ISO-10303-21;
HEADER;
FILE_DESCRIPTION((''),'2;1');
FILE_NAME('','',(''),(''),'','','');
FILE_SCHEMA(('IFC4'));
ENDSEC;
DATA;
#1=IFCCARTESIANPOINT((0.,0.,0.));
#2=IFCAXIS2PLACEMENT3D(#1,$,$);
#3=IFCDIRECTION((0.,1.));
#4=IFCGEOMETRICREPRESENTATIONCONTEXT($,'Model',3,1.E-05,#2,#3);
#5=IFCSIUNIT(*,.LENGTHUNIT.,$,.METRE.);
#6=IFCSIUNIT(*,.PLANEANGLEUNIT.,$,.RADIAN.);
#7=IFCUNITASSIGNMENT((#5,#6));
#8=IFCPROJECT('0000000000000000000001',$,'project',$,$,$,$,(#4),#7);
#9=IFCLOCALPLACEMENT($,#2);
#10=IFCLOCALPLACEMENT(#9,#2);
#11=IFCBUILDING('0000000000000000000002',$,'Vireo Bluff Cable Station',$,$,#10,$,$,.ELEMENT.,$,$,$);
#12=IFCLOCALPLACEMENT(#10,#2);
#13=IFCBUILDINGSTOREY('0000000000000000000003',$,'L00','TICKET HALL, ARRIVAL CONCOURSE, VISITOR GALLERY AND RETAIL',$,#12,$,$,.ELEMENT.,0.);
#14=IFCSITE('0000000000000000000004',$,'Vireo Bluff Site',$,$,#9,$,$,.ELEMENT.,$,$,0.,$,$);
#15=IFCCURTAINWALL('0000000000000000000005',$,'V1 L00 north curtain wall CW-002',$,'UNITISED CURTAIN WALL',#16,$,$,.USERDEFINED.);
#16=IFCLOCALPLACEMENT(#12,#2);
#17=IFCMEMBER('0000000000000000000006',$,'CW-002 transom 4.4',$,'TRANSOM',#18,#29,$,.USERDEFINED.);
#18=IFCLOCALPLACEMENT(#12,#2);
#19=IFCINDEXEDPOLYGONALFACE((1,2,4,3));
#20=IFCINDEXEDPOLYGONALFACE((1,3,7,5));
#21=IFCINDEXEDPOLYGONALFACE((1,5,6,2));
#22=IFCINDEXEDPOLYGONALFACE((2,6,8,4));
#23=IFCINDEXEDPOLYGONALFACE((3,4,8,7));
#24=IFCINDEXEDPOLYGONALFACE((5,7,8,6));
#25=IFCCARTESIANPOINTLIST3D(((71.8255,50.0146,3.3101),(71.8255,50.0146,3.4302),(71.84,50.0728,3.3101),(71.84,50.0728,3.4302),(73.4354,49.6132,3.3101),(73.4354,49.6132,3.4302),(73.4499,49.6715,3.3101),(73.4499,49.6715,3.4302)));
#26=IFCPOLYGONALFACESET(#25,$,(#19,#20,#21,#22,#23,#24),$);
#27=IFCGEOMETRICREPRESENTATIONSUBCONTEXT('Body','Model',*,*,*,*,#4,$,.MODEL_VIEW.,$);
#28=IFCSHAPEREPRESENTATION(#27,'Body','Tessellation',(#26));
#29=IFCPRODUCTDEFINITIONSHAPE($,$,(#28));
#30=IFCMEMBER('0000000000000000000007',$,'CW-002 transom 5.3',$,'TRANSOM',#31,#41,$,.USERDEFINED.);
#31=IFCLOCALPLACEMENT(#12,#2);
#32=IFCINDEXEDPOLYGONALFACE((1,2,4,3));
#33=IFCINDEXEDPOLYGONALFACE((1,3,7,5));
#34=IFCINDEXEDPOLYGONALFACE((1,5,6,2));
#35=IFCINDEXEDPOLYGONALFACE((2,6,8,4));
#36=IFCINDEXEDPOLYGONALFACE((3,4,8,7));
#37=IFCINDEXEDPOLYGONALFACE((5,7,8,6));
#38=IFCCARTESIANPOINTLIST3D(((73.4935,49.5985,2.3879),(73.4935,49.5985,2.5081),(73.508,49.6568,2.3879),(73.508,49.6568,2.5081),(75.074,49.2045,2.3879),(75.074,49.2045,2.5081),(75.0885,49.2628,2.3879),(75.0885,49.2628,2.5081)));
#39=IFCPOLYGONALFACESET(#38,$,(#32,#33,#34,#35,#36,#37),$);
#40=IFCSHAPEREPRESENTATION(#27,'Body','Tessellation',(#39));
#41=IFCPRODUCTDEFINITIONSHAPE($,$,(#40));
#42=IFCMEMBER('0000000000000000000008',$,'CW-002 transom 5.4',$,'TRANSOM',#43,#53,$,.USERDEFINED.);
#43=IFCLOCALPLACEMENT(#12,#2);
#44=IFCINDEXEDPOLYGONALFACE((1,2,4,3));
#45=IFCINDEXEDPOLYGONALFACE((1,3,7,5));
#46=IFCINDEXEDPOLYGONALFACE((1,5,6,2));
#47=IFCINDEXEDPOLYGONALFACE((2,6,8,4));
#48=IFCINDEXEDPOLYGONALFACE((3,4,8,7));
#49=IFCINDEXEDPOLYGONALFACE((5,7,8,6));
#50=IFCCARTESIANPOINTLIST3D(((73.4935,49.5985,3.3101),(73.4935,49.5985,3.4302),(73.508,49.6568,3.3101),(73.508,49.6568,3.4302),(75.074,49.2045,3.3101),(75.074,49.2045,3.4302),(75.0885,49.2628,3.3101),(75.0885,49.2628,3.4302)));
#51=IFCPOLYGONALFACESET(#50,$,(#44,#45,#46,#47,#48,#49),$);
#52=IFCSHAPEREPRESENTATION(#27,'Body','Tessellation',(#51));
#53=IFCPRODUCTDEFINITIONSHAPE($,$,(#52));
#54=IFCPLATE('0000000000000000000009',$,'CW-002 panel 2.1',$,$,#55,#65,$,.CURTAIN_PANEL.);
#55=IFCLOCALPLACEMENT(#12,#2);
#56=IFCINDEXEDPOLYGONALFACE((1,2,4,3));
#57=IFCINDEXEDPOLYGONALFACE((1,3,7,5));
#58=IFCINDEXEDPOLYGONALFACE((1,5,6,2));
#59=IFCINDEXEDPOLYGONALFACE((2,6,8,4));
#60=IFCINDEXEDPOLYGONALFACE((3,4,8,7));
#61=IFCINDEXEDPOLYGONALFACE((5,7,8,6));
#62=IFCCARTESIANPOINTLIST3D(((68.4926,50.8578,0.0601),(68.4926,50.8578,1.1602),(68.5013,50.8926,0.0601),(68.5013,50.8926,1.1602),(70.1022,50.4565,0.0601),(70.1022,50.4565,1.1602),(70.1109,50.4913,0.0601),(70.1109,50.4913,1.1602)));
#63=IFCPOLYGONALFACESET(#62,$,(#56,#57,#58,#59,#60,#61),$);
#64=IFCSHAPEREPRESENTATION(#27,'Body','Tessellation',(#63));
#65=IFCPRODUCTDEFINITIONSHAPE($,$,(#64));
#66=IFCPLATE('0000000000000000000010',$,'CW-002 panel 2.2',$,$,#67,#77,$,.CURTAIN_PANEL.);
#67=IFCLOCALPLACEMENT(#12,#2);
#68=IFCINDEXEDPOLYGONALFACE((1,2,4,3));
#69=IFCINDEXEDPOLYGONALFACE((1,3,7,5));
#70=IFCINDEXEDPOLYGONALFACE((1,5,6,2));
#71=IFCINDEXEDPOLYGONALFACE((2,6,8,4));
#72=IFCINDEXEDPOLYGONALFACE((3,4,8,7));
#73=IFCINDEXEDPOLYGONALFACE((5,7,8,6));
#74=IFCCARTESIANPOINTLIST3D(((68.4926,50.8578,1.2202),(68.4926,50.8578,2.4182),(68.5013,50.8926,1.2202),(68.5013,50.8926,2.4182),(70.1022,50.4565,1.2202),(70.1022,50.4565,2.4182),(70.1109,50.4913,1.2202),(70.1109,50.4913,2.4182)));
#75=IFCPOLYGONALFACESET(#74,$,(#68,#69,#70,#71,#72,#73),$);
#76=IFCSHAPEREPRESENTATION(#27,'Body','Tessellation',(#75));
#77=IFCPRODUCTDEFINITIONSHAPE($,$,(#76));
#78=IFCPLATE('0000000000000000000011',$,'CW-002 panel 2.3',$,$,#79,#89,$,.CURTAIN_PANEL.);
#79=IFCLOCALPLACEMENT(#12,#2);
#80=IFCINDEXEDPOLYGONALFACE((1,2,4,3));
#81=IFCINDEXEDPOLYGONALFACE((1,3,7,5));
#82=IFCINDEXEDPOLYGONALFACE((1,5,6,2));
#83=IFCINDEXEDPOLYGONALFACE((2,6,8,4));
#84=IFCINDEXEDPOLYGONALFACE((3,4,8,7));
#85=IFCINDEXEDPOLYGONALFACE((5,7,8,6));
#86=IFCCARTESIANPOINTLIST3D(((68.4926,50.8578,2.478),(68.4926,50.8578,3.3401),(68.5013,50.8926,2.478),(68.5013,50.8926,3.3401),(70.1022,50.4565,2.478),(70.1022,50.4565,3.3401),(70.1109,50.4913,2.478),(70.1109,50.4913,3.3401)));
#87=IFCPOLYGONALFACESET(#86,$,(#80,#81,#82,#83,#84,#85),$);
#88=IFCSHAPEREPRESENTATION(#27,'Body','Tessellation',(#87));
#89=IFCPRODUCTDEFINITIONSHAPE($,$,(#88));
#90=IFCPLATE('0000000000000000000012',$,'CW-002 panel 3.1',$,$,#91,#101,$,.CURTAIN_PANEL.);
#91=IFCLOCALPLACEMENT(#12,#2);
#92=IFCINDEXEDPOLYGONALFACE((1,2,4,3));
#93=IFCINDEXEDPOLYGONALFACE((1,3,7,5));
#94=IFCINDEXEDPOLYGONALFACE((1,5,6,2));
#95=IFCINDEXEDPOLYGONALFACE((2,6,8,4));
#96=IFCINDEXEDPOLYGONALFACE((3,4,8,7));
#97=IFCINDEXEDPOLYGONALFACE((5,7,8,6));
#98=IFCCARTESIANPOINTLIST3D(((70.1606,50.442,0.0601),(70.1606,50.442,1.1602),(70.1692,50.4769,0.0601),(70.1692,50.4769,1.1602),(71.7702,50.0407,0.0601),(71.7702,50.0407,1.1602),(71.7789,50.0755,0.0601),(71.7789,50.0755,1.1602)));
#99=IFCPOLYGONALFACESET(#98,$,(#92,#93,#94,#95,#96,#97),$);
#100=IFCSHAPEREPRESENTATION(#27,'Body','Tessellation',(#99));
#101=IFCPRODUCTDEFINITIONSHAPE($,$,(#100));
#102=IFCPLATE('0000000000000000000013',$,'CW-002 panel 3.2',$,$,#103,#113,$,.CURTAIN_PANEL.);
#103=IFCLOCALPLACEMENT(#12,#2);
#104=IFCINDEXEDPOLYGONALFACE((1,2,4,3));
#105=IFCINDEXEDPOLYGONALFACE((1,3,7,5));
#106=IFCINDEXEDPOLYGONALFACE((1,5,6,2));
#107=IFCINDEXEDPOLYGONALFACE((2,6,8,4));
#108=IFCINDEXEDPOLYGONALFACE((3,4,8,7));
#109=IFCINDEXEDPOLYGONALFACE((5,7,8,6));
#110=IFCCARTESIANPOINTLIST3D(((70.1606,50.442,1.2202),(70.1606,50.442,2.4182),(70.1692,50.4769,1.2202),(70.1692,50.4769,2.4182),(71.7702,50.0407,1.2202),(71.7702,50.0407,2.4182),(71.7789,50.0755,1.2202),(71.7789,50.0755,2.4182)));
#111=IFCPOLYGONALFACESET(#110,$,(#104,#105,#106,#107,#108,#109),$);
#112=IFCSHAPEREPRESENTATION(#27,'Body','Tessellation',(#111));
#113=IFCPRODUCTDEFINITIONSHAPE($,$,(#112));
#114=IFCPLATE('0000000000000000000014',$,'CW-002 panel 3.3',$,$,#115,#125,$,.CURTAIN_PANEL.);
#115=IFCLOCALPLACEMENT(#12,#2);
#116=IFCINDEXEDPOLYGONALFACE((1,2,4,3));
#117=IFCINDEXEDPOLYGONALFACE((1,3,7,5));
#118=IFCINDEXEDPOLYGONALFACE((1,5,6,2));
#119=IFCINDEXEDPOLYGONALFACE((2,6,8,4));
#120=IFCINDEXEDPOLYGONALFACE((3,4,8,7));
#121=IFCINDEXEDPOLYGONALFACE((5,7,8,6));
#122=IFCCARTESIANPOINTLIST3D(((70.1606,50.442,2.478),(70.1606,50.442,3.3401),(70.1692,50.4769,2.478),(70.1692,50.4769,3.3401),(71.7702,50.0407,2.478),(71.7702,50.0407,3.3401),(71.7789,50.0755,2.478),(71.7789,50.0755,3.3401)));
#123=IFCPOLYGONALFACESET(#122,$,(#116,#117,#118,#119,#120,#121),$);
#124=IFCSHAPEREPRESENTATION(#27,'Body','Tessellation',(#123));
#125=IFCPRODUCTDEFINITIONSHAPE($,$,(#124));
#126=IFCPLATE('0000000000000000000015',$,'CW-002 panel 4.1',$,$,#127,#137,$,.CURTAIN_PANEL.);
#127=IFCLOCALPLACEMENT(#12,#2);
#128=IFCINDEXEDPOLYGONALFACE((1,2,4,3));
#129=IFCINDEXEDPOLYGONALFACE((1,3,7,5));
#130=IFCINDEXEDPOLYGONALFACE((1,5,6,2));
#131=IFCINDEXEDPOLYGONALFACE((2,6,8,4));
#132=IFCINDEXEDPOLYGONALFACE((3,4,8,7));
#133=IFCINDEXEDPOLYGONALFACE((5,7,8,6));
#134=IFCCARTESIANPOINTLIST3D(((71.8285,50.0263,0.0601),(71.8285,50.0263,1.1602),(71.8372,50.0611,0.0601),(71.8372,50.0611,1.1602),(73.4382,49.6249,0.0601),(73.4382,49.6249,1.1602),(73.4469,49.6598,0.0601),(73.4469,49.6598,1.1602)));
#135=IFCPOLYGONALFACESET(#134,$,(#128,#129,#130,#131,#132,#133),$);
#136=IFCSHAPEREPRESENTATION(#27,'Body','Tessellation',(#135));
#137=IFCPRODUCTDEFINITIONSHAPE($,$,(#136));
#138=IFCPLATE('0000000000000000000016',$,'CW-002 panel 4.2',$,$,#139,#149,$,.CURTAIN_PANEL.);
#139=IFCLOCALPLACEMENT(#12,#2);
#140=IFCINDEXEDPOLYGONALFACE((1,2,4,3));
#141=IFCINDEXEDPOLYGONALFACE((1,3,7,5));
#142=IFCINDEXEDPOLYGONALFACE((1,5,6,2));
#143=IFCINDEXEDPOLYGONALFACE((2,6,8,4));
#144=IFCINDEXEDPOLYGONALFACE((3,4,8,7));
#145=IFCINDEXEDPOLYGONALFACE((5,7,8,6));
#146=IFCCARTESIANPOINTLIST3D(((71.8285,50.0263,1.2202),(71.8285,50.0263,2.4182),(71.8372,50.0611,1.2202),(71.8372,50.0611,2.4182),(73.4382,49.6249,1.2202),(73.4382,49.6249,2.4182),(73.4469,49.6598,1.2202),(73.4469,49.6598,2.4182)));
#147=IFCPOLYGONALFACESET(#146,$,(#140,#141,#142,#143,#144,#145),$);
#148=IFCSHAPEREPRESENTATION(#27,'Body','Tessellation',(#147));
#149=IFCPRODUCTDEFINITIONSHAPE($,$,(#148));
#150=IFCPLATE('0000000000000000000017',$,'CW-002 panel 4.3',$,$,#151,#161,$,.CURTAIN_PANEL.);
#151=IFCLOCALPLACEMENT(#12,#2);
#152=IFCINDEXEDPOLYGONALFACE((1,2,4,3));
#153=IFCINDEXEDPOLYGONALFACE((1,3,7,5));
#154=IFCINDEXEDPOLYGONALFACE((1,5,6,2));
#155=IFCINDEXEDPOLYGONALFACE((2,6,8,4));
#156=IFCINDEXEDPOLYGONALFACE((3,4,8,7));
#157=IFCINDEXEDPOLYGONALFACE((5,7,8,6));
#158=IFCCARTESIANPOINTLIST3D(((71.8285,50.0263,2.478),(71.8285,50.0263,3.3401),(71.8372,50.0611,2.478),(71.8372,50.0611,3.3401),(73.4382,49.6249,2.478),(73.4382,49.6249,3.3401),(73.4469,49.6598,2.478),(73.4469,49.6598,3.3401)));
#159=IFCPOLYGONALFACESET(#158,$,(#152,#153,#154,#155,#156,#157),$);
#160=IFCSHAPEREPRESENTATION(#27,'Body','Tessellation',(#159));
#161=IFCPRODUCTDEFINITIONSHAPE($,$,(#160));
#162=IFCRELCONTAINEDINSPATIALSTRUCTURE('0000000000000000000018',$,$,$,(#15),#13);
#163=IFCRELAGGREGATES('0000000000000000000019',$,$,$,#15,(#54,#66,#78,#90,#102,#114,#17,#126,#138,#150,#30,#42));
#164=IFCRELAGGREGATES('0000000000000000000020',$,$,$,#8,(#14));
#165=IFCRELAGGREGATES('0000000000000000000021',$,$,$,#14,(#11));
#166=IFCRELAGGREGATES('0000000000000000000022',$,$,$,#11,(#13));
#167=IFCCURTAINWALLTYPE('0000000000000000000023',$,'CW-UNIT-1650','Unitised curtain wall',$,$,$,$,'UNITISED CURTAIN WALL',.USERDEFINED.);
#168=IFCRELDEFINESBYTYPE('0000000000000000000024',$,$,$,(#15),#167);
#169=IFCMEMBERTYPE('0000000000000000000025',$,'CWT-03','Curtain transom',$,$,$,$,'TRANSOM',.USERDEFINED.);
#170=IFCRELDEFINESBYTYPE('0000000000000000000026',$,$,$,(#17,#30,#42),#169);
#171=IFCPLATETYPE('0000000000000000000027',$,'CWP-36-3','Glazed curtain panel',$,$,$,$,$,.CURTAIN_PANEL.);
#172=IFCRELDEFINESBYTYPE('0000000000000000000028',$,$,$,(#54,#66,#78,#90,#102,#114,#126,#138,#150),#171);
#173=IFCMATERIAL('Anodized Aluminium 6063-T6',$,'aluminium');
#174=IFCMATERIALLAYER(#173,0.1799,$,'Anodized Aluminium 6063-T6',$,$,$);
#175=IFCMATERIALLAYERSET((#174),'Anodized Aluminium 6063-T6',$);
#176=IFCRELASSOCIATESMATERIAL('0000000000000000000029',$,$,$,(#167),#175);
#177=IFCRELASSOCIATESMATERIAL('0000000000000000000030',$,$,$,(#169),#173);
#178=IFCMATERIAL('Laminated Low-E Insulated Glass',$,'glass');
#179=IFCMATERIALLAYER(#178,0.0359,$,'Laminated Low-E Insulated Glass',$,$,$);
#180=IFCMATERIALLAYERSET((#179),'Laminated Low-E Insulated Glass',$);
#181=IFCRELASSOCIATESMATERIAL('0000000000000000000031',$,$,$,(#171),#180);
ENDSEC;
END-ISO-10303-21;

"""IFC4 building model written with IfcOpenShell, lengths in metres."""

from ifc_helpers import new_model, si_unit, direction, frame, origin, origin_2d, place, context, subcontext, project, spatial, rectangle, extrude, material, layer, layer_set, material_profile, profile_set, type_object, element, aggregate, save


model = new_model("IFC4")

# Units and contexts
model_context = context("Model", 3, precision=1e-05, world=origin(), true_north=direction((0.0, 1.0)))
body_context = subcontext(model_context, "Body", "Model", "MODEL_VIEW")
ifc_project = project(units=[si_unit("LENGTHUNIT", "METRE"), si_unit("PLANEANGLEUNIT", "RADIAN")], contexts=[model_context])

# Site, building, storey
site_placement = place(None, origin())
site = spatial("IfcSite", under=ifc_project, at=site_placement, Name="Vireo Bluff Site", CompositionType="ELEMENT", RefElevation=0.0)
building_placement = place(site_placement, origin())
building = spatial("IfcBuilding", under=site, at=building_placement, Name="Vireo Bluff Cable Station", CompositionType="ELEMENT")
storey_placement = place(building_placement, origin())
storey = spatial("IfcBuildingStorey", under=building, at=storey_placement, Name="L00", Description="TICKET HALL, ARRIVAL CONCOURSE, VISITOR GALLERY AND RETAIL", CompositionType="ELEMENT", Elevation=0.0)

# Curtain wall, members, plates
ifc_material_1 = material(Name="Anodized Aluminium 6063-T6", Category="aluminium")
ifc_layer_1 = layer(ifc_material_1, 0.1799, Name="Anodized Aluminium 6063-T6")
ifc_layer_set_1 = layer_set([ifc_layer_1], Name="Anodized Aluminium 6063-T6")
curtain_wall_type = type_object("IfcCurtainWallType", Name="CW-UNIT-1650", Description="Unitised curtain wall", ElementType="UNITISED CURTAIN WALL", PredefinedType="USERDEFINED", material=ifc_layer_set_1)
curtain_wall_placement = place(storey_placement, origin())
curtain_wall = element("IfcCurtainWall", 1, at=curtain_wall_placement, inside=storey, type_object=curtain_wall_type, Name="V1 L00 north curtain wall CW-002", ObjectType="UNITISED CURTAIN WALL", PredefinedType="USERDEFINED")
ifc_material_profile_1 = material_profile(ifc_material_1, rectangle(XDim=0.0601, YDim=0.1201, at=origin_2d()), Name="ALU-T-60X120")
ifc_profile_set_1 = profile_set([ifc_material_profile_1], Name="Anodized Aluminium 6063-T6")
member_type_1 = type_object("IfcMemberType", Name="CWT-03", Description="Curtain transom", ElementType="TRANSOM", PredefinedType="USERDEFINED", material=ifc_profile_set_1)
member_1_placement = place(storey_placement, frame((71.8328, 50.0437, 3.3701), z_axis=(0.970298, -0.241912, 0.0), x_axis=(0.241912, 0.970298, 0.0)))
member_1 = element("IfcMember", 2, at=member_1_placement, type_object=member_type_1, Name="CW-002 transom 4.4", ObjectType="TRANSOM", PredefinedType="USERDEFINED", context=body_context, shape_type="SweptSolid", body=[
    extrude(rectangle(XDim=0.0601, YDim=0.1201, at=origin_2d()), origin(), (0.0, 0.0, 1.0), 1.6592),
])
member_2_placement = place(storey_placement, frame((73.5007, 49.6277, 2.448), z_axis=(0.970301, -0.241901, 0.0), x_axis=(0.241901, 0.970301, 0.0)))
member_2 = element("IfcMember", 3, at=member_2_placement, type_object=member_type_1, Name="CW-002 transom 5.3", ObjectType="TRANSOM", PredefinedType="USERDEFINED", context=body_context, shape_type="SweptSolid", body=[
    extrude(rectangle(XDim=0.0601, YDim=0.1201, at=origin_2d()), origin(), (0.0, 0.0, 1.0), 1.6289),
])
member_3_placement = place(storey_placement, frame((73.5007, 49.6277, 3.3701), z_axis=(0.970301, -0.241901, 0.0), x_axis=(0.241901, 0.970301, 0.0)))
member_3 = element("IfcMember", 4, at=member_3_placement, type_object=member_type_1, Name="CW-002 transom 5.4", ObjectType="TRANSOM", PredefinedType="USERDEFINED", context=body_context, shape_type="SweptSolid", body=[
    extrude(rectangle(XDim=0.0601, YDim=0.1201, at=origin_2d()), origin(), (0.0, 0.0, 1.0), 1.6289),
])
ifc_material_2 = material(Name="Laminated Low-E Insulated Glass", Category="glass")
ifc_layer_2 = layer(ifc_material_2, 0.0359, Name="Laminated Low-E Insulated Glass")
ifc_layer_set_2 = layer_set([ifc_layer_2], Name="Laminated Low-E Insulated Glass")
plate_type = type_object("IfcPlateType", Name="CWP-36-3", Description="Glazed curtain panel", PredefinedType="CURTAIN_PANEL", material=ifc_layer_set_2)
plate_1_placement = place(storey_placement, frame((69.3018, 50.6746, 0.0601), z_axis=(0.0, 0.0, 1.0), x_axis=(0.970296, -0.241922, 0.0)))
plate_1 = element("IfcPlate", 5, at=plate_1_placement, type_object=plate_type, Name="CW-002 panel 2.1", PredefinedType="CURTAIN_PANEL", context=body_context, shape_type="SweptSolid", body=[
    extrude(rectangle(XDim=1.6589, YDim=0.0359, at=origin_2d()), origin(), (0.0, 0.0, 1.0), 1.1001),
])
plate_2_placement = place(storey_placement, frame((69.3018, 50.6746, 1.2202), z_axis=(0.0, 0.0, 1.0), x_axis=(0.970296, -0.241922, 0.0)))
plate_2 = element("IfcPlate", 6, at=plate_2_placement, type_object=plate_type, Name="CW-002 panel 2.2", PredefinedType="CURTAIN_PANEL", context=body_context, shape_type="SweptSolid", body=[
    extrude(rectangle(XDim=1.6589, YDim=0.0359, at=origin_2d()), origin(), (0.0, 0.0, 1.0), 1.198),
])
plate_3_placement = place(storey_placement, frame((69.3018, 50.6746, 2.478), z_axis=(0.0, 0.0, 1.0), x_axis=(0.970296, -0.241922, 0.0)))
plate_3 = element("IfcPlate", 7, at=plate_3_placement, type_object=plate_type, Name="CW-002 panel 2.3", PredefinedType="CURTAIN_PANEL", context=body_context, shape_type="SweptSolid", body=[
    extrude(rectangle(XDim=1.6589, YDim=0.0359, at=origin_2d()), origin(), (0.0, 0.0, 1.0), 0.8621),
])
plate_4_placement = place(storey_placement, frame((70.9697, 50.2588, 0.0601), z_axis=(0.0, 0.0, 1.0), x_axis=(0.970296, -0.241922, 0.0)))
plate_4 = element("IfcPlate", 8, at=plate_4_placement, type_object=plate_type, Name="CW-002 panel 3.1", PredefinedType="CURTAIN_PANEL", context=body_context, shape_type="SweptSolid", body=[
    extrude(rectangle(XDim=1.6589, YDim=0.0359, at=origin_2d()), origin(), (0.0, 0.0, 1.0), 1.1001),
])
plate_5_placement = place(storey_placement, frame((70.9697, 50.2588, 1.2202), z_axis=(0.0, 0.0, 1.0), x_axis=(0.970296, -0.241922, 0.0)))
plate_5 = element("IfcPlate", 9, at=plate_5_placement, type_object=plate_type, Name="CW-002 panel 3.2", PredefinedType="CURTAIN_PANEL", context=body_context, shape_type="SweptSolid", body=[
    extrude(rectangle(XDim=1.6589, YDim=0.0359, at=origin_2d()), origin(), (0.0, 0.0, 1.0), 1.198),
])
plate_6_placement = place(storey_placement, frame((70.9697, 50.2588, 2.478), z_axis=(0.0, 0.0, 1.0), x_axis=(0.970296, -0.241922, 0.0)))
plate_6 = element("IfcPlate", 10, at=plate_6_placement, type_object=plate_type, Name="CW-002 panel 3.3", PredefinedType="CURTAIN_PANEL", context=body_context, shape_type="SweptSolid", body=[
    extrude(rectangle(XDim=1.6589, YDim=0.0359, at=origin_2d()), origin(), (0.0, 0.0, 1.0), 0.8621),
])
plate_7_placement = place(storey_placement, frame((72.6377, 49.843, 0.0601), z_axis=(0.0, 0.0, 1.0), x_axis=(0.970296, -0.241922, 0.0)))
plate_7 = element("IfcPlate", 11, at=plate_7_placement, type_object=plate_type, Name="CW-002 panel 4.1", PredefinedType="CURTAIN_PANEL", context=body_context, shape_type="SweptSolid", body=[
    extrude(rectangle(XDim=1.6589, YDim=0.0359, at=origin_2d()), origin(), (0.0, 0.0, 1.0), 1.1001),
])
plate_8_placement = place(storey_placement, frame((72.6377, 49.843, 1.2202), z_axis=(0.0, 0.0, 1.0), x_axis=(0.970296, -0.241922, 0.0)))
plate_8 = element("IfcPlate", 12, at=plate_8_placement, type_object=plate_type, Name="CW-002 panel 4.2", PredefinedType="CURTAIN_PANEL", context=body_context, shape_type="SweptSolid", body=[
    extrude(rectangle(XDim=1.6589, YDim=0.0359, at=origin_2d()), origin(), (0.0, 0.0, 1.0), 1.198),
])
plate_9_placement = place(storey_placement, frame((72.6377, 49.843, 2.478), z_axis=(0.0, 0.0, 1.0), x_axis=(0.970296, -0.241922, 0.0)))
plate_9 = element("IfcPlate", 13, at=plate_9_placement, type_object=plate_type, Name="CW-002 panel 4.3", PredefinedType="CURTAIN_PANEL", context=body_context, shape_type="SweptSolid", body=[
    extrude(rectangle(XDim=1.6589, YDim=0.0359, at=origin_2d()), origin(), (0.0, 0.0, 1.0), 0.8621),
])
aggregate(curtain_wall, [plate_1, plate_2, plate_3, plate_4, plate_5, plate_6, member_1, plate_7, plate_8, plate_9, member_2, member_3])

save(model, "model.ifc")
